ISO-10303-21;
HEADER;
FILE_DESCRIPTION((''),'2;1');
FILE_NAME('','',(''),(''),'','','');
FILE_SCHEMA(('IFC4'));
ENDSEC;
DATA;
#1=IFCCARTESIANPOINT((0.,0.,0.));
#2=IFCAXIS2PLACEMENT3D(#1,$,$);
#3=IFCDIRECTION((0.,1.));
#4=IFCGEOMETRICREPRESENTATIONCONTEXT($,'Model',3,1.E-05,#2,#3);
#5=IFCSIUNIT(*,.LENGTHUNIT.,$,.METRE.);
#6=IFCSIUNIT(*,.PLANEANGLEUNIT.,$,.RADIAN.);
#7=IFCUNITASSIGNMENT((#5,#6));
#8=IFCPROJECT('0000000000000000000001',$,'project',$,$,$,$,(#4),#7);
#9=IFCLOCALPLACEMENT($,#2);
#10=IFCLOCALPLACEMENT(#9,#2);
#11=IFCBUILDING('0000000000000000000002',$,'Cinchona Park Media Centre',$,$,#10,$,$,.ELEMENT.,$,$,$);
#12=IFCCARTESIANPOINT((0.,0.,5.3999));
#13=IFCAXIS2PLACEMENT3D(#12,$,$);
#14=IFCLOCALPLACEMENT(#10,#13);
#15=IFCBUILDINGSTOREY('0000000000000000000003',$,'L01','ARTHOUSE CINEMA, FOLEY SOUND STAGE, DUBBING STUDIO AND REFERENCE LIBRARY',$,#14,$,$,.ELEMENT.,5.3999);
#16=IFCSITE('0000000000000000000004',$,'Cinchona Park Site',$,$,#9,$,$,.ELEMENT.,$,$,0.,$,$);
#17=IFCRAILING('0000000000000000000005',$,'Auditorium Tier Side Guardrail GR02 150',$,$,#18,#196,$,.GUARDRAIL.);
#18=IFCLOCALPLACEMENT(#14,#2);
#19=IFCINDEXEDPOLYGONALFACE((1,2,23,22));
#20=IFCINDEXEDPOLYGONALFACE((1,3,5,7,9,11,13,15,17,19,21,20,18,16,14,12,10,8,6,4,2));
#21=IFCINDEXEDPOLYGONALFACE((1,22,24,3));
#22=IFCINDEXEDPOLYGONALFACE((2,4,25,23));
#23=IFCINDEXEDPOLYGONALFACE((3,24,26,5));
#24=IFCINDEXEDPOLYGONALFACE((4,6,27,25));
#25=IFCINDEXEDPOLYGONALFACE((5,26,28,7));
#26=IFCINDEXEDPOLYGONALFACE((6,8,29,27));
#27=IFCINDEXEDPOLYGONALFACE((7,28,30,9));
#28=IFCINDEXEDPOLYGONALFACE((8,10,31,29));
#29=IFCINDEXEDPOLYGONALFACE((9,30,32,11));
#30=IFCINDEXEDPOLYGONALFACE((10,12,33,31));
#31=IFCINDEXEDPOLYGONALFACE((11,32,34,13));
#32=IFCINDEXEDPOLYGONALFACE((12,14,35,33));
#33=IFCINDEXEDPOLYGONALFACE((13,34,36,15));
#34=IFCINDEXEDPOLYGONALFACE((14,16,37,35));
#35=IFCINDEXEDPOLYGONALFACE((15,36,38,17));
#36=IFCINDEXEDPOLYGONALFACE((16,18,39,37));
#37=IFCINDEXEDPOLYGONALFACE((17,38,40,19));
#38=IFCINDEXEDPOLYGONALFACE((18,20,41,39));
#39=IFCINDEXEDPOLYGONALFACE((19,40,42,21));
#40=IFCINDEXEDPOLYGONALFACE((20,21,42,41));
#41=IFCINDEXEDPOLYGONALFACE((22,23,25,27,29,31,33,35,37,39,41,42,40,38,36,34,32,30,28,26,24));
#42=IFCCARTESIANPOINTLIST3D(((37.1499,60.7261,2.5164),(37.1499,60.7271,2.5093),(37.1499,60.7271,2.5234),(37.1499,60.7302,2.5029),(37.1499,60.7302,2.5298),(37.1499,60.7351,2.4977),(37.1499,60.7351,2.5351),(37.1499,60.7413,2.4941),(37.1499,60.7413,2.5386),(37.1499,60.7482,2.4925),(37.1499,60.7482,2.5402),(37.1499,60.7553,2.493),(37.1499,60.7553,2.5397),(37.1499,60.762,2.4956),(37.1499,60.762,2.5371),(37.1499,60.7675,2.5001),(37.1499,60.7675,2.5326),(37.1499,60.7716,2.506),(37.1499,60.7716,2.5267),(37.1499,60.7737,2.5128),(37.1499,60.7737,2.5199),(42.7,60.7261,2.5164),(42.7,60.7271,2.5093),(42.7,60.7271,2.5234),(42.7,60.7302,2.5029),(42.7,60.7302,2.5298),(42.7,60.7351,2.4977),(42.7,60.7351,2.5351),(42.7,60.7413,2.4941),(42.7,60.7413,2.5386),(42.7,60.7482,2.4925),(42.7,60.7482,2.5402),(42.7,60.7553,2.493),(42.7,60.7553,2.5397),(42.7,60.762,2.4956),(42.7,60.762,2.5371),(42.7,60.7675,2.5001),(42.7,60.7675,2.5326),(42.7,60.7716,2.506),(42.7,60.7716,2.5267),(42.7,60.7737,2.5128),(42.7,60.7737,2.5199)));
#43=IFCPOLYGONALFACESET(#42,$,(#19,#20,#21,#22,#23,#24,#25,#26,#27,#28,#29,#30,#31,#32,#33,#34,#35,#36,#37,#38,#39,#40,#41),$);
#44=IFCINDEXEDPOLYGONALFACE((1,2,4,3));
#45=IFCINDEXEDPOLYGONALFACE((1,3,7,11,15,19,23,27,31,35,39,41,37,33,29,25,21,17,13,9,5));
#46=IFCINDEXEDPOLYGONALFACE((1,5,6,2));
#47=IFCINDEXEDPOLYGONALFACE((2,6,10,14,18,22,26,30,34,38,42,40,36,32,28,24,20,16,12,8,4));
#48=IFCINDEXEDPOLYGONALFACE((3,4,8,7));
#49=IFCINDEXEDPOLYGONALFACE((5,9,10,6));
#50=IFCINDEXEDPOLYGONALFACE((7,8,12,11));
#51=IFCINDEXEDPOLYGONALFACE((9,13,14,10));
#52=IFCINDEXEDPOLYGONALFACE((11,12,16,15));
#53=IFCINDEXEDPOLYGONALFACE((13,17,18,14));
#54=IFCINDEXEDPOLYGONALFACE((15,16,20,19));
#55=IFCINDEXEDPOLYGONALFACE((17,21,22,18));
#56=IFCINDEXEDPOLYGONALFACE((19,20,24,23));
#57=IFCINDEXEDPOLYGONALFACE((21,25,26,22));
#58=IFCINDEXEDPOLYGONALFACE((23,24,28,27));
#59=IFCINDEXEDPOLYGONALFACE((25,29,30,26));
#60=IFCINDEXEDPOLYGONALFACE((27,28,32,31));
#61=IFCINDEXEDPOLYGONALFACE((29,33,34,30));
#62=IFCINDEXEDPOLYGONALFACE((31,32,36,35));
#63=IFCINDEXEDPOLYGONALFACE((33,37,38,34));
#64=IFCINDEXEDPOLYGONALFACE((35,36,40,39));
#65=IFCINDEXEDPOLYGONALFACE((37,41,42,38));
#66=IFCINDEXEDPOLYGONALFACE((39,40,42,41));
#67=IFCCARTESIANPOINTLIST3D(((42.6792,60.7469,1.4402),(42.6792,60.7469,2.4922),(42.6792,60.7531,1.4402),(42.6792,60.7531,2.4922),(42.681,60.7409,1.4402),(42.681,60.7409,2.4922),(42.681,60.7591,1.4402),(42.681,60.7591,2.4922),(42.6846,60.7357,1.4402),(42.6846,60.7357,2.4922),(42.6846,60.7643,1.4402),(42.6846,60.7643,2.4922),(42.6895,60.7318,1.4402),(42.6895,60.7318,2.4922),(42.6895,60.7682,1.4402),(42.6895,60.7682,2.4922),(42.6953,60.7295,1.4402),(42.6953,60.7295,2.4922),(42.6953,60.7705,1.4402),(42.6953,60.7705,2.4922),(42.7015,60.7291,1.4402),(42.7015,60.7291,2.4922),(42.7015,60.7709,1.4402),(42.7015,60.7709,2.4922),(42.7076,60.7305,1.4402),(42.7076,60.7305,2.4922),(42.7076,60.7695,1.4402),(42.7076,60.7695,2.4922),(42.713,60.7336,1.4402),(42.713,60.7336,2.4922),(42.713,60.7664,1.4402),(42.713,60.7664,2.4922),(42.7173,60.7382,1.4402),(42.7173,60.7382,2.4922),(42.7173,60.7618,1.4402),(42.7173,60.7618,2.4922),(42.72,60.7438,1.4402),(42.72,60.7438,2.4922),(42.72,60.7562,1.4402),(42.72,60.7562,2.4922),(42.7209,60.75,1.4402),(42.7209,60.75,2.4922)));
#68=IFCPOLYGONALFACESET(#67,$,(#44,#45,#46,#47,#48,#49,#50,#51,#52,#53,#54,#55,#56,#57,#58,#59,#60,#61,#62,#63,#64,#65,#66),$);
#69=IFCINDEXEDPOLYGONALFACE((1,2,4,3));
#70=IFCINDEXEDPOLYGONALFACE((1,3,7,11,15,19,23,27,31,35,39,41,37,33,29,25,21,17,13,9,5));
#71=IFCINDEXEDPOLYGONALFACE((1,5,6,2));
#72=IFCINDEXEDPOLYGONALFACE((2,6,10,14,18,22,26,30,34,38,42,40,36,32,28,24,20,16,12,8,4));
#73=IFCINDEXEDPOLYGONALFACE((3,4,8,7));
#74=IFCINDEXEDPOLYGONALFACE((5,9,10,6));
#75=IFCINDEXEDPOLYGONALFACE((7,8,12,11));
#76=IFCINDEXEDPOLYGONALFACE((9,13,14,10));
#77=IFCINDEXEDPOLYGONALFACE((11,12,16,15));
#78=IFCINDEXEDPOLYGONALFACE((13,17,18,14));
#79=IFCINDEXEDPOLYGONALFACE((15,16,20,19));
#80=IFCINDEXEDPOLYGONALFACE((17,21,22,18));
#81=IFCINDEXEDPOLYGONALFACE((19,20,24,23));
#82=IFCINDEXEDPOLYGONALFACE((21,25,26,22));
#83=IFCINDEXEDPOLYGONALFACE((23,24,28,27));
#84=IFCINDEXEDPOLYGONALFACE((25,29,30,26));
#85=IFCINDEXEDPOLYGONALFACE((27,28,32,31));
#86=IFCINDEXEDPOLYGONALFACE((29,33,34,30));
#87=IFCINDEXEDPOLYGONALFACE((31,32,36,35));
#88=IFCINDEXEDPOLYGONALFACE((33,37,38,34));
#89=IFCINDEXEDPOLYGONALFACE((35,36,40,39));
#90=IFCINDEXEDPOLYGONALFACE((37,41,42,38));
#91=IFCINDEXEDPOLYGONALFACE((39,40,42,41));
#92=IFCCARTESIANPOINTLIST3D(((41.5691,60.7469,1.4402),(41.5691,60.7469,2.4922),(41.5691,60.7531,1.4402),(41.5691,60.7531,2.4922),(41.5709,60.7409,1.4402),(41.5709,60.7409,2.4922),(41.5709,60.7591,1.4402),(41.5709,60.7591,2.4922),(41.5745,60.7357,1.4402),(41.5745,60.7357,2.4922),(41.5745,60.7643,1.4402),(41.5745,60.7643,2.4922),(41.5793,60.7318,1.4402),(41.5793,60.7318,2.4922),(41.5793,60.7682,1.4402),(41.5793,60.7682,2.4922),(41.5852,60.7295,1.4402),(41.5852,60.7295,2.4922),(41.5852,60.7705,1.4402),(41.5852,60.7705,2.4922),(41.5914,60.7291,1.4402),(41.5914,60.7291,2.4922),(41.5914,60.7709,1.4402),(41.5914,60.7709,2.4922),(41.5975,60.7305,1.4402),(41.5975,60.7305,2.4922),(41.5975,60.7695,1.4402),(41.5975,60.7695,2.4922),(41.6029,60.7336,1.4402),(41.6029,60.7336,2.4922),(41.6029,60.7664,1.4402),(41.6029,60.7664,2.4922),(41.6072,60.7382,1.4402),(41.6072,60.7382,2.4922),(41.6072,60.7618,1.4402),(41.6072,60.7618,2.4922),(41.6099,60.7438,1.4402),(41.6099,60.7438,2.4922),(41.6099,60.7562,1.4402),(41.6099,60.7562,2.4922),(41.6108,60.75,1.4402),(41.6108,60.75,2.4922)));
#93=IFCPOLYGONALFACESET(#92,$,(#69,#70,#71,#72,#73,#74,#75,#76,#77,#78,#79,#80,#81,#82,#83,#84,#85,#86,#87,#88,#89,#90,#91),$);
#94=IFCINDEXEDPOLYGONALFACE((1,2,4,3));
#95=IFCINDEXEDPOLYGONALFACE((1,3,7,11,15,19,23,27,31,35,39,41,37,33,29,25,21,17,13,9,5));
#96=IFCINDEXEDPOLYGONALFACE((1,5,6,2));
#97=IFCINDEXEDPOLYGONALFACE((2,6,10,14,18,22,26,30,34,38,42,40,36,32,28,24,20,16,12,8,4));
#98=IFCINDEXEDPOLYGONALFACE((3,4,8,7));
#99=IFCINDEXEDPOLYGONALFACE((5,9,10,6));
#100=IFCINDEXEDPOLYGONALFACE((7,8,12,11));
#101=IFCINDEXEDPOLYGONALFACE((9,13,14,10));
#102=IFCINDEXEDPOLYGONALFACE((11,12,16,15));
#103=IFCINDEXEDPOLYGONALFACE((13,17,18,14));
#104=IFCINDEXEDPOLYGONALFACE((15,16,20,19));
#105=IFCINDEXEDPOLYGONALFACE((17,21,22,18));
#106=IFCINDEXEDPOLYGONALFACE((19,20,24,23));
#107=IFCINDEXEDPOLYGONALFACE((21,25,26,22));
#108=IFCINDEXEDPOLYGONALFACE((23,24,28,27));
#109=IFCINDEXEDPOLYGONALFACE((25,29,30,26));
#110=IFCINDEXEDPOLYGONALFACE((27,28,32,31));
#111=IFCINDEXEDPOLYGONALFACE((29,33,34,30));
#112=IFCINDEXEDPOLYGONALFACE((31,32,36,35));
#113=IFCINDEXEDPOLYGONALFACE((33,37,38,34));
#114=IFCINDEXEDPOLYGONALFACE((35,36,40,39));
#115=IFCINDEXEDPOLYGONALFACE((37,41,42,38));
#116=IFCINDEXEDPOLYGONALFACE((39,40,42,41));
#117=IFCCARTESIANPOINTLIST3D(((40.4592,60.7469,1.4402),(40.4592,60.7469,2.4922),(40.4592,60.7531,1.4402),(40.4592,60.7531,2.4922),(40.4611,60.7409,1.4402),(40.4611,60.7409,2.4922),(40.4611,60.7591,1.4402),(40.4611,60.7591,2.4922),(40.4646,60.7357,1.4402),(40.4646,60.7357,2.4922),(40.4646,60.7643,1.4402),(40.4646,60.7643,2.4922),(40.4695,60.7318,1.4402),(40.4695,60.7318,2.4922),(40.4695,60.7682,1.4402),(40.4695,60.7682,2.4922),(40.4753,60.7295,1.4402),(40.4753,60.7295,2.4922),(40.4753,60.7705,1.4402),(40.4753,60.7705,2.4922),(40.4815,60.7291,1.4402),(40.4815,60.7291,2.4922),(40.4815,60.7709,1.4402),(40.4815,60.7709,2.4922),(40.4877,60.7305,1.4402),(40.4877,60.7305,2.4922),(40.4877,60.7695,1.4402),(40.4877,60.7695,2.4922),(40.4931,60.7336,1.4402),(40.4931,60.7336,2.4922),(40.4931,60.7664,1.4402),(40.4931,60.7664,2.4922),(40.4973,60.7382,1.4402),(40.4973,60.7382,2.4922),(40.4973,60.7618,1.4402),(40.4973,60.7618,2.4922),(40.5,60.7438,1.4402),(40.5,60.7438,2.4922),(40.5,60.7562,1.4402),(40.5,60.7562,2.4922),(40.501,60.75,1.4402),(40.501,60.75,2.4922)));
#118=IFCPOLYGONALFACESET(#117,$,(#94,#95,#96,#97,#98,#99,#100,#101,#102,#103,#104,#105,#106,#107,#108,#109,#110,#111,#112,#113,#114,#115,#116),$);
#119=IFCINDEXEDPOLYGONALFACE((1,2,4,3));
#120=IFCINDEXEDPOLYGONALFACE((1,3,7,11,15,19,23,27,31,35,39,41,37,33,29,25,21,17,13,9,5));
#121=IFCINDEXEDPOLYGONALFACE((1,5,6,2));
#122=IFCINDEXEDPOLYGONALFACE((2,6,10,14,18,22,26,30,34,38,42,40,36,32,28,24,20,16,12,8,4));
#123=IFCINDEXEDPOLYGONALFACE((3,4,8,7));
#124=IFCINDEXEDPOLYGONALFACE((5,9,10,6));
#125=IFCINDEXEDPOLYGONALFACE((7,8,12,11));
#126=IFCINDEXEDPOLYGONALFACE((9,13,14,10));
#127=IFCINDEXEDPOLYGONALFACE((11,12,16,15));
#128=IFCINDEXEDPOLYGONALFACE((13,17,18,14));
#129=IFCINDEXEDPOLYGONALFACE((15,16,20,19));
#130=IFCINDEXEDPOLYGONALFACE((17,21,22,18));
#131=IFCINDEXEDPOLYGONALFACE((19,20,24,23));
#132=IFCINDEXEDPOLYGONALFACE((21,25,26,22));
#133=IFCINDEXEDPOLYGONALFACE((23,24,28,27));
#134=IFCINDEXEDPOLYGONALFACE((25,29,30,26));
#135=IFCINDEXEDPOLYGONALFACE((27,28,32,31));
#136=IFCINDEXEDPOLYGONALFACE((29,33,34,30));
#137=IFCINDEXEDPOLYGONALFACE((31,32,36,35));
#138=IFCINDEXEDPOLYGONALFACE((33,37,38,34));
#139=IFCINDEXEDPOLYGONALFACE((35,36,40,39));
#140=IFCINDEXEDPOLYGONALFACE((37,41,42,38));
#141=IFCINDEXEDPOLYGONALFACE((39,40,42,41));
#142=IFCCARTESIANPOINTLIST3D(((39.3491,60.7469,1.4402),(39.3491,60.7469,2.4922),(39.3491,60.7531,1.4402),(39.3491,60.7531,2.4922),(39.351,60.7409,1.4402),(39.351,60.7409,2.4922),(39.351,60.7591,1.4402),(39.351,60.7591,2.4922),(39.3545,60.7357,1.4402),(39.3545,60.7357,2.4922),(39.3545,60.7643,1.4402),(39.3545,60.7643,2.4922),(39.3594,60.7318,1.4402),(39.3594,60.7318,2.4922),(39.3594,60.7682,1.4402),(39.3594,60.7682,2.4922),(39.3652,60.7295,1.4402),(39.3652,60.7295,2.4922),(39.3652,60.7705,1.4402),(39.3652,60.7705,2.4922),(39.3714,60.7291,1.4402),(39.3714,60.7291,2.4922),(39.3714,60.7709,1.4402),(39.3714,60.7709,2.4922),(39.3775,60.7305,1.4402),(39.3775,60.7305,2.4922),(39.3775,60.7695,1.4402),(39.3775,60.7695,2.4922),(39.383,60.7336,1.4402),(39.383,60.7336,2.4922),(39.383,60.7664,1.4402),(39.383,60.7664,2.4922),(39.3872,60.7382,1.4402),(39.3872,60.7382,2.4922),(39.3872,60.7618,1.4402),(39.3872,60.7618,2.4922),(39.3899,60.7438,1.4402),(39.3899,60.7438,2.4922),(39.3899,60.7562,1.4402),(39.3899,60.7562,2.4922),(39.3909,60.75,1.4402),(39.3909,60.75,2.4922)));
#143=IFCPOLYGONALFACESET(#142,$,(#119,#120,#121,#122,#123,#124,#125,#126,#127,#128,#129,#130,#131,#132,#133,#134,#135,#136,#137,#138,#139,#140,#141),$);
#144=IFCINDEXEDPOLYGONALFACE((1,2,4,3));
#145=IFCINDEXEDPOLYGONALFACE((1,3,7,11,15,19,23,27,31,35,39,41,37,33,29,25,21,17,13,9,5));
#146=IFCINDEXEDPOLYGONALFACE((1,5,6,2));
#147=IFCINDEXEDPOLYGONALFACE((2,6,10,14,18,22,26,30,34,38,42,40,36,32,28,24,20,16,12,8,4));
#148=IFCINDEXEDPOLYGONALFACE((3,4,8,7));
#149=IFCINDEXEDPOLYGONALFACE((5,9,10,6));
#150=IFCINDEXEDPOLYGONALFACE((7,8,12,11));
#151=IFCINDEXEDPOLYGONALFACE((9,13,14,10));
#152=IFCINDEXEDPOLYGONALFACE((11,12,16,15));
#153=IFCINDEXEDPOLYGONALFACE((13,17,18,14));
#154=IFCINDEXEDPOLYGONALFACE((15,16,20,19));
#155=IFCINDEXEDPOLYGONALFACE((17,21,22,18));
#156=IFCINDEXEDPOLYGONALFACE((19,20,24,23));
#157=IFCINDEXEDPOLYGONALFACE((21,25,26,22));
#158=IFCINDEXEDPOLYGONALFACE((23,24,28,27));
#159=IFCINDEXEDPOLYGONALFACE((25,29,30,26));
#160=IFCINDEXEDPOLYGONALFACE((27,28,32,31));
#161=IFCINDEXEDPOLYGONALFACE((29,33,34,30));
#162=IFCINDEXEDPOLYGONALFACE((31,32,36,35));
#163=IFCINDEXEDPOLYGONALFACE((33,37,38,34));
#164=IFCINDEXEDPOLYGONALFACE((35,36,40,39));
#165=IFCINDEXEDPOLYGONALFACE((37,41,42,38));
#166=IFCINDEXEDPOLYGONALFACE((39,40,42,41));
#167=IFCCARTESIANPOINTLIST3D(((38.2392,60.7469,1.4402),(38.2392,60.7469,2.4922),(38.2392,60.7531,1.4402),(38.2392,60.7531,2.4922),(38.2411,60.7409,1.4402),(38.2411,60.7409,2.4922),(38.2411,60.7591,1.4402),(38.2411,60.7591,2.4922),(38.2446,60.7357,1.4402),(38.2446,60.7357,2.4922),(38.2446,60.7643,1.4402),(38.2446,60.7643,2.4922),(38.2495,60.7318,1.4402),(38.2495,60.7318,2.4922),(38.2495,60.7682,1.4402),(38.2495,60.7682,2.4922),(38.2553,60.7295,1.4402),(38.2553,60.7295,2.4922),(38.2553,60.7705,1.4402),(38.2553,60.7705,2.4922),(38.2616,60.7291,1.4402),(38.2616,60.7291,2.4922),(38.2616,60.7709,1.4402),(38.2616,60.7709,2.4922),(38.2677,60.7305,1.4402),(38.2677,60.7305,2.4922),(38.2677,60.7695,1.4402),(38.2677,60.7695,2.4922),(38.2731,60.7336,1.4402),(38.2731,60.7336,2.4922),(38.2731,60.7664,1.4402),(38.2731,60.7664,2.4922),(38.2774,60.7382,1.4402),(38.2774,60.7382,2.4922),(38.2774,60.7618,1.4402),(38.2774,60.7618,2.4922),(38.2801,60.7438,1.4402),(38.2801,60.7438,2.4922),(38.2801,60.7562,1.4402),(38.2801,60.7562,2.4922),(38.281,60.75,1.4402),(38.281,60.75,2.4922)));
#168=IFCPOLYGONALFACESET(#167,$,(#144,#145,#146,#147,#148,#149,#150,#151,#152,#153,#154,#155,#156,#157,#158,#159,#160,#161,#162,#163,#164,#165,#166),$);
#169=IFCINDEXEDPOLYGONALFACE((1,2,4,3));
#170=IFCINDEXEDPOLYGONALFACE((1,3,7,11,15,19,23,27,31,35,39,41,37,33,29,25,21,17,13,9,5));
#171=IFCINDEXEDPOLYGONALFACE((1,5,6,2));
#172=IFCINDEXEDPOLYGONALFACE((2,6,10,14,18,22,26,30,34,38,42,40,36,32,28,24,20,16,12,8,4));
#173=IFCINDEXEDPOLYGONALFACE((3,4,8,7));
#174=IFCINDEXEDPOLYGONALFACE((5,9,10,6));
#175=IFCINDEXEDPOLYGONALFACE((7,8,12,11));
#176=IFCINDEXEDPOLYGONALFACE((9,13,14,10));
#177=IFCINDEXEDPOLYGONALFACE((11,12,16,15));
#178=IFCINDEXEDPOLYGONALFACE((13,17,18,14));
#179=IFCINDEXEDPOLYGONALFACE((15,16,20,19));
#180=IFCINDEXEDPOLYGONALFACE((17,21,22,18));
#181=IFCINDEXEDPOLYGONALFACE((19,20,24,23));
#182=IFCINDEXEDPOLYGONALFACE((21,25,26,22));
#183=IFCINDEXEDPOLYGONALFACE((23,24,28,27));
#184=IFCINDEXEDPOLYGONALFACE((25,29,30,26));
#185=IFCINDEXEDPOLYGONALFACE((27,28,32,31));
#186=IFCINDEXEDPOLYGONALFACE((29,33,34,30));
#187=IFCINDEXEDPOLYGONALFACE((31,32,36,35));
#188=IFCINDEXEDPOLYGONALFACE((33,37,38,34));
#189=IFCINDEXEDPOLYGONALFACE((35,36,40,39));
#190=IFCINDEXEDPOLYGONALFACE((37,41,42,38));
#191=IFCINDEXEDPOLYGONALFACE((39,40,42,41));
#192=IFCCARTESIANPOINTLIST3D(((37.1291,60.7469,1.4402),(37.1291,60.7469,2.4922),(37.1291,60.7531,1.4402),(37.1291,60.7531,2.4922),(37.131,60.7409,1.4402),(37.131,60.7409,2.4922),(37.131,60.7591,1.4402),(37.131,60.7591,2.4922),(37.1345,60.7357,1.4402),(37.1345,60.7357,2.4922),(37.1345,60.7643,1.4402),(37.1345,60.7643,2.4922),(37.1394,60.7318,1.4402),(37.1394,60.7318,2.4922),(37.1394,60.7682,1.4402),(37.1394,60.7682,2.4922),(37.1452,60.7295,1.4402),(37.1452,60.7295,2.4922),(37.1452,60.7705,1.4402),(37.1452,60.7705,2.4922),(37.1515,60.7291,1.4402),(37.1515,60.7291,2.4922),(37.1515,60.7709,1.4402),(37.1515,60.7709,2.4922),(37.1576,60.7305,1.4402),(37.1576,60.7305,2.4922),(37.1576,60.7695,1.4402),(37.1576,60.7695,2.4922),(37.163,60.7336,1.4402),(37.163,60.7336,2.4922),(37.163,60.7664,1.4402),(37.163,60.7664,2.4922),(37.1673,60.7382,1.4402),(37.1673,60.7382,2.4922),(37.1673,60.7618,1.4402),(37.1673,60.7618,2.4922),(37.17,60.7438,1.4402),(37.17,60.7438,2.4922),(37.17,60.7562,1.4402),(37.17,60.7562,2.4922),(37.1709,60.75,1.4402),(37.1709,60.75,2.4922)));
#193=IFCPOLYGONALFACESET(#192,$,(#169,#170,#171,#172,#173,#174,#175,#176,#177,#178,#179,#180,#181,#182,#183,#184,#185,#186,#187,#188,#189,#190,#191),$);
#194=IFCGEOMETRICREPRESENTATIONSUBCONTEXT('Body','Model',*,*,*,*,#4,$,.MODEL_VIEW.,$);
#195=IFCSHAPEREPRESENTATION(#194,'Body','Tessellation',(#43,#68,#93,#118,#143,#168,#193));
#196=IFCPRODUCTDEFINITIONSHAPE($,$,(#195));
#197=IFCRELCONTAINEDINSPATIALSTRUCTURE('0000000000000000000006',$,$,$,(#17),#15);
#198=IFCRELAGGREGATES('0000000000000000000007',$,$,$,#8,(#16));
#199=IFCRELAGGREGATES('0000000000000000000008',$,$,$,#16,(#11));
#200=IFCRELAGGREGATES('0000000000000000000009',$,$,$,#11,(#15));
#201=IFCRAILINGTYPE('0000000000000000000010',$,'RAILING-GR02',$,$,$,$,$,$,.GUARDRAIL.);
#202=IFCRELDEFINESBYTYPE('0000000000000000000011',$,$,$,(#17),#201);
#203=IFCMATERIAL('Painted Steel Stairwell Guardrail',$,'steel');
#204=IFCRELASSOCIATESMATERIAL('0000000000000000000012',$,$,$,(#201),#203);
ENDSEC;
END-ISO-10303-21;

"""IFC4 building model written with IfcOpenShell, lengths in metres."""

from ifc_helpers import new_model, si_unit, direction, frame, origin, origin_2d, place, context, subcontext, project, spatial, circle, extrude, material, type_object, element, save


model = new_model("IFC4")

# Units and contexts
model_context = context("Model", 3, precision=1e-05, world=origin(), true_north=direction((0.0, 1.0)))
body_context = subcontext(model_context, "Body", "Model", "MODEL_VIEW")
ifc_project = project(units=[si_unit("LENGTHUNIT", "METRE"), si_unit("PLANEANGLEUNIT", "RADIAN")], contexts=[model_context])

# Site, building, storey
site_placement = place(None, origin())
site = spatial("IfcSite", under=ifc_project, at=site_placement, Name="Cinchona Park Site", CompositionType="ELEMENT", RefElevation=0.0)
building_placement = place(site_placement, origin())
building = spatial("IfcBuilding", under=site, at=building_placement, Name="Cinchona Park Media Centre", CompositionType="ELEMENT")
storey_placement = place(building_placement, frame((0.0, 0.0, 5.3999)))
storey = spatial("IfcBuildingStorey", under=building, at=storey_placement, Name="L01", Description="ARTHOUSE CINEMA, FOLEY SOUND STAGE, DUBBING STUDIO AND REFERENCE LIBRARY", CompositionType="ELEMENT", Elevation=5.3999)

# Railing
ifc_material_1 = material(Name="Painted Steel Stairwell Guardrail", Category="steel")
railing_type_1 = type_object("IfcRailingType", Name="RAILING-GR02", PredefinedType="GUARDRAIL", material=ifc_material_1)
railing_1_placement = place(storey_placement, frame((42.7, 60.75, 1.4402)))
element("IfcRailing", 1, at=railing_1_placement, inside=storey, type_object=railing_type_1, Name="Auditorium Tier Side Guardrail GR02 150", PredefinedType="GUARDRAIL", context=body_context, shape_type="SweptSolid", body=[
    extrude(circle(Radius=0.0239, at=origin_2d()), frame((0.0, 0.0, 1.0762), z_axis=(-1.0, 0.0, 0.0), x_axis=(0.0, -1.0, 0.0)), (0.0, 0.0, 1.0), 5.55),
    extrude(circle(Radius=0.021, at=origin_2d()), origin(), (0.0, 0.0, 1.0), 1.052),
    extrude(circle(Radius=0.021, at=origin_2d()), frame((-1.1101, 0.0, 0.0)), (0.0, 0.0, 1.0), 1.052),
    extrude(circle(Radius=0.021, at=origin_2d()), frame((-2.22, 0.0, 0.0)), (0.0, 0.0, 1.0), 1.052),
    extrude(circle(Radius=0.021, at=origin_2d()), frame((-3.3301, 0.0, 0.0)), (0.0, 0.0, 1.0), 1.052),
    extrude(circle(Radius=0.021, at=origin_2d()), frame((-4.4399, 0.0, 0.0)), (0.0, 0.0, 1.0), 1.052),
    extrude(circle(Radius=0.021, at=origin_2d()), frame((-5.55, 0.0, 0.0)), (0.0, 0.0, 1.0), 1.052),
])

save(model, "model.ifc")
